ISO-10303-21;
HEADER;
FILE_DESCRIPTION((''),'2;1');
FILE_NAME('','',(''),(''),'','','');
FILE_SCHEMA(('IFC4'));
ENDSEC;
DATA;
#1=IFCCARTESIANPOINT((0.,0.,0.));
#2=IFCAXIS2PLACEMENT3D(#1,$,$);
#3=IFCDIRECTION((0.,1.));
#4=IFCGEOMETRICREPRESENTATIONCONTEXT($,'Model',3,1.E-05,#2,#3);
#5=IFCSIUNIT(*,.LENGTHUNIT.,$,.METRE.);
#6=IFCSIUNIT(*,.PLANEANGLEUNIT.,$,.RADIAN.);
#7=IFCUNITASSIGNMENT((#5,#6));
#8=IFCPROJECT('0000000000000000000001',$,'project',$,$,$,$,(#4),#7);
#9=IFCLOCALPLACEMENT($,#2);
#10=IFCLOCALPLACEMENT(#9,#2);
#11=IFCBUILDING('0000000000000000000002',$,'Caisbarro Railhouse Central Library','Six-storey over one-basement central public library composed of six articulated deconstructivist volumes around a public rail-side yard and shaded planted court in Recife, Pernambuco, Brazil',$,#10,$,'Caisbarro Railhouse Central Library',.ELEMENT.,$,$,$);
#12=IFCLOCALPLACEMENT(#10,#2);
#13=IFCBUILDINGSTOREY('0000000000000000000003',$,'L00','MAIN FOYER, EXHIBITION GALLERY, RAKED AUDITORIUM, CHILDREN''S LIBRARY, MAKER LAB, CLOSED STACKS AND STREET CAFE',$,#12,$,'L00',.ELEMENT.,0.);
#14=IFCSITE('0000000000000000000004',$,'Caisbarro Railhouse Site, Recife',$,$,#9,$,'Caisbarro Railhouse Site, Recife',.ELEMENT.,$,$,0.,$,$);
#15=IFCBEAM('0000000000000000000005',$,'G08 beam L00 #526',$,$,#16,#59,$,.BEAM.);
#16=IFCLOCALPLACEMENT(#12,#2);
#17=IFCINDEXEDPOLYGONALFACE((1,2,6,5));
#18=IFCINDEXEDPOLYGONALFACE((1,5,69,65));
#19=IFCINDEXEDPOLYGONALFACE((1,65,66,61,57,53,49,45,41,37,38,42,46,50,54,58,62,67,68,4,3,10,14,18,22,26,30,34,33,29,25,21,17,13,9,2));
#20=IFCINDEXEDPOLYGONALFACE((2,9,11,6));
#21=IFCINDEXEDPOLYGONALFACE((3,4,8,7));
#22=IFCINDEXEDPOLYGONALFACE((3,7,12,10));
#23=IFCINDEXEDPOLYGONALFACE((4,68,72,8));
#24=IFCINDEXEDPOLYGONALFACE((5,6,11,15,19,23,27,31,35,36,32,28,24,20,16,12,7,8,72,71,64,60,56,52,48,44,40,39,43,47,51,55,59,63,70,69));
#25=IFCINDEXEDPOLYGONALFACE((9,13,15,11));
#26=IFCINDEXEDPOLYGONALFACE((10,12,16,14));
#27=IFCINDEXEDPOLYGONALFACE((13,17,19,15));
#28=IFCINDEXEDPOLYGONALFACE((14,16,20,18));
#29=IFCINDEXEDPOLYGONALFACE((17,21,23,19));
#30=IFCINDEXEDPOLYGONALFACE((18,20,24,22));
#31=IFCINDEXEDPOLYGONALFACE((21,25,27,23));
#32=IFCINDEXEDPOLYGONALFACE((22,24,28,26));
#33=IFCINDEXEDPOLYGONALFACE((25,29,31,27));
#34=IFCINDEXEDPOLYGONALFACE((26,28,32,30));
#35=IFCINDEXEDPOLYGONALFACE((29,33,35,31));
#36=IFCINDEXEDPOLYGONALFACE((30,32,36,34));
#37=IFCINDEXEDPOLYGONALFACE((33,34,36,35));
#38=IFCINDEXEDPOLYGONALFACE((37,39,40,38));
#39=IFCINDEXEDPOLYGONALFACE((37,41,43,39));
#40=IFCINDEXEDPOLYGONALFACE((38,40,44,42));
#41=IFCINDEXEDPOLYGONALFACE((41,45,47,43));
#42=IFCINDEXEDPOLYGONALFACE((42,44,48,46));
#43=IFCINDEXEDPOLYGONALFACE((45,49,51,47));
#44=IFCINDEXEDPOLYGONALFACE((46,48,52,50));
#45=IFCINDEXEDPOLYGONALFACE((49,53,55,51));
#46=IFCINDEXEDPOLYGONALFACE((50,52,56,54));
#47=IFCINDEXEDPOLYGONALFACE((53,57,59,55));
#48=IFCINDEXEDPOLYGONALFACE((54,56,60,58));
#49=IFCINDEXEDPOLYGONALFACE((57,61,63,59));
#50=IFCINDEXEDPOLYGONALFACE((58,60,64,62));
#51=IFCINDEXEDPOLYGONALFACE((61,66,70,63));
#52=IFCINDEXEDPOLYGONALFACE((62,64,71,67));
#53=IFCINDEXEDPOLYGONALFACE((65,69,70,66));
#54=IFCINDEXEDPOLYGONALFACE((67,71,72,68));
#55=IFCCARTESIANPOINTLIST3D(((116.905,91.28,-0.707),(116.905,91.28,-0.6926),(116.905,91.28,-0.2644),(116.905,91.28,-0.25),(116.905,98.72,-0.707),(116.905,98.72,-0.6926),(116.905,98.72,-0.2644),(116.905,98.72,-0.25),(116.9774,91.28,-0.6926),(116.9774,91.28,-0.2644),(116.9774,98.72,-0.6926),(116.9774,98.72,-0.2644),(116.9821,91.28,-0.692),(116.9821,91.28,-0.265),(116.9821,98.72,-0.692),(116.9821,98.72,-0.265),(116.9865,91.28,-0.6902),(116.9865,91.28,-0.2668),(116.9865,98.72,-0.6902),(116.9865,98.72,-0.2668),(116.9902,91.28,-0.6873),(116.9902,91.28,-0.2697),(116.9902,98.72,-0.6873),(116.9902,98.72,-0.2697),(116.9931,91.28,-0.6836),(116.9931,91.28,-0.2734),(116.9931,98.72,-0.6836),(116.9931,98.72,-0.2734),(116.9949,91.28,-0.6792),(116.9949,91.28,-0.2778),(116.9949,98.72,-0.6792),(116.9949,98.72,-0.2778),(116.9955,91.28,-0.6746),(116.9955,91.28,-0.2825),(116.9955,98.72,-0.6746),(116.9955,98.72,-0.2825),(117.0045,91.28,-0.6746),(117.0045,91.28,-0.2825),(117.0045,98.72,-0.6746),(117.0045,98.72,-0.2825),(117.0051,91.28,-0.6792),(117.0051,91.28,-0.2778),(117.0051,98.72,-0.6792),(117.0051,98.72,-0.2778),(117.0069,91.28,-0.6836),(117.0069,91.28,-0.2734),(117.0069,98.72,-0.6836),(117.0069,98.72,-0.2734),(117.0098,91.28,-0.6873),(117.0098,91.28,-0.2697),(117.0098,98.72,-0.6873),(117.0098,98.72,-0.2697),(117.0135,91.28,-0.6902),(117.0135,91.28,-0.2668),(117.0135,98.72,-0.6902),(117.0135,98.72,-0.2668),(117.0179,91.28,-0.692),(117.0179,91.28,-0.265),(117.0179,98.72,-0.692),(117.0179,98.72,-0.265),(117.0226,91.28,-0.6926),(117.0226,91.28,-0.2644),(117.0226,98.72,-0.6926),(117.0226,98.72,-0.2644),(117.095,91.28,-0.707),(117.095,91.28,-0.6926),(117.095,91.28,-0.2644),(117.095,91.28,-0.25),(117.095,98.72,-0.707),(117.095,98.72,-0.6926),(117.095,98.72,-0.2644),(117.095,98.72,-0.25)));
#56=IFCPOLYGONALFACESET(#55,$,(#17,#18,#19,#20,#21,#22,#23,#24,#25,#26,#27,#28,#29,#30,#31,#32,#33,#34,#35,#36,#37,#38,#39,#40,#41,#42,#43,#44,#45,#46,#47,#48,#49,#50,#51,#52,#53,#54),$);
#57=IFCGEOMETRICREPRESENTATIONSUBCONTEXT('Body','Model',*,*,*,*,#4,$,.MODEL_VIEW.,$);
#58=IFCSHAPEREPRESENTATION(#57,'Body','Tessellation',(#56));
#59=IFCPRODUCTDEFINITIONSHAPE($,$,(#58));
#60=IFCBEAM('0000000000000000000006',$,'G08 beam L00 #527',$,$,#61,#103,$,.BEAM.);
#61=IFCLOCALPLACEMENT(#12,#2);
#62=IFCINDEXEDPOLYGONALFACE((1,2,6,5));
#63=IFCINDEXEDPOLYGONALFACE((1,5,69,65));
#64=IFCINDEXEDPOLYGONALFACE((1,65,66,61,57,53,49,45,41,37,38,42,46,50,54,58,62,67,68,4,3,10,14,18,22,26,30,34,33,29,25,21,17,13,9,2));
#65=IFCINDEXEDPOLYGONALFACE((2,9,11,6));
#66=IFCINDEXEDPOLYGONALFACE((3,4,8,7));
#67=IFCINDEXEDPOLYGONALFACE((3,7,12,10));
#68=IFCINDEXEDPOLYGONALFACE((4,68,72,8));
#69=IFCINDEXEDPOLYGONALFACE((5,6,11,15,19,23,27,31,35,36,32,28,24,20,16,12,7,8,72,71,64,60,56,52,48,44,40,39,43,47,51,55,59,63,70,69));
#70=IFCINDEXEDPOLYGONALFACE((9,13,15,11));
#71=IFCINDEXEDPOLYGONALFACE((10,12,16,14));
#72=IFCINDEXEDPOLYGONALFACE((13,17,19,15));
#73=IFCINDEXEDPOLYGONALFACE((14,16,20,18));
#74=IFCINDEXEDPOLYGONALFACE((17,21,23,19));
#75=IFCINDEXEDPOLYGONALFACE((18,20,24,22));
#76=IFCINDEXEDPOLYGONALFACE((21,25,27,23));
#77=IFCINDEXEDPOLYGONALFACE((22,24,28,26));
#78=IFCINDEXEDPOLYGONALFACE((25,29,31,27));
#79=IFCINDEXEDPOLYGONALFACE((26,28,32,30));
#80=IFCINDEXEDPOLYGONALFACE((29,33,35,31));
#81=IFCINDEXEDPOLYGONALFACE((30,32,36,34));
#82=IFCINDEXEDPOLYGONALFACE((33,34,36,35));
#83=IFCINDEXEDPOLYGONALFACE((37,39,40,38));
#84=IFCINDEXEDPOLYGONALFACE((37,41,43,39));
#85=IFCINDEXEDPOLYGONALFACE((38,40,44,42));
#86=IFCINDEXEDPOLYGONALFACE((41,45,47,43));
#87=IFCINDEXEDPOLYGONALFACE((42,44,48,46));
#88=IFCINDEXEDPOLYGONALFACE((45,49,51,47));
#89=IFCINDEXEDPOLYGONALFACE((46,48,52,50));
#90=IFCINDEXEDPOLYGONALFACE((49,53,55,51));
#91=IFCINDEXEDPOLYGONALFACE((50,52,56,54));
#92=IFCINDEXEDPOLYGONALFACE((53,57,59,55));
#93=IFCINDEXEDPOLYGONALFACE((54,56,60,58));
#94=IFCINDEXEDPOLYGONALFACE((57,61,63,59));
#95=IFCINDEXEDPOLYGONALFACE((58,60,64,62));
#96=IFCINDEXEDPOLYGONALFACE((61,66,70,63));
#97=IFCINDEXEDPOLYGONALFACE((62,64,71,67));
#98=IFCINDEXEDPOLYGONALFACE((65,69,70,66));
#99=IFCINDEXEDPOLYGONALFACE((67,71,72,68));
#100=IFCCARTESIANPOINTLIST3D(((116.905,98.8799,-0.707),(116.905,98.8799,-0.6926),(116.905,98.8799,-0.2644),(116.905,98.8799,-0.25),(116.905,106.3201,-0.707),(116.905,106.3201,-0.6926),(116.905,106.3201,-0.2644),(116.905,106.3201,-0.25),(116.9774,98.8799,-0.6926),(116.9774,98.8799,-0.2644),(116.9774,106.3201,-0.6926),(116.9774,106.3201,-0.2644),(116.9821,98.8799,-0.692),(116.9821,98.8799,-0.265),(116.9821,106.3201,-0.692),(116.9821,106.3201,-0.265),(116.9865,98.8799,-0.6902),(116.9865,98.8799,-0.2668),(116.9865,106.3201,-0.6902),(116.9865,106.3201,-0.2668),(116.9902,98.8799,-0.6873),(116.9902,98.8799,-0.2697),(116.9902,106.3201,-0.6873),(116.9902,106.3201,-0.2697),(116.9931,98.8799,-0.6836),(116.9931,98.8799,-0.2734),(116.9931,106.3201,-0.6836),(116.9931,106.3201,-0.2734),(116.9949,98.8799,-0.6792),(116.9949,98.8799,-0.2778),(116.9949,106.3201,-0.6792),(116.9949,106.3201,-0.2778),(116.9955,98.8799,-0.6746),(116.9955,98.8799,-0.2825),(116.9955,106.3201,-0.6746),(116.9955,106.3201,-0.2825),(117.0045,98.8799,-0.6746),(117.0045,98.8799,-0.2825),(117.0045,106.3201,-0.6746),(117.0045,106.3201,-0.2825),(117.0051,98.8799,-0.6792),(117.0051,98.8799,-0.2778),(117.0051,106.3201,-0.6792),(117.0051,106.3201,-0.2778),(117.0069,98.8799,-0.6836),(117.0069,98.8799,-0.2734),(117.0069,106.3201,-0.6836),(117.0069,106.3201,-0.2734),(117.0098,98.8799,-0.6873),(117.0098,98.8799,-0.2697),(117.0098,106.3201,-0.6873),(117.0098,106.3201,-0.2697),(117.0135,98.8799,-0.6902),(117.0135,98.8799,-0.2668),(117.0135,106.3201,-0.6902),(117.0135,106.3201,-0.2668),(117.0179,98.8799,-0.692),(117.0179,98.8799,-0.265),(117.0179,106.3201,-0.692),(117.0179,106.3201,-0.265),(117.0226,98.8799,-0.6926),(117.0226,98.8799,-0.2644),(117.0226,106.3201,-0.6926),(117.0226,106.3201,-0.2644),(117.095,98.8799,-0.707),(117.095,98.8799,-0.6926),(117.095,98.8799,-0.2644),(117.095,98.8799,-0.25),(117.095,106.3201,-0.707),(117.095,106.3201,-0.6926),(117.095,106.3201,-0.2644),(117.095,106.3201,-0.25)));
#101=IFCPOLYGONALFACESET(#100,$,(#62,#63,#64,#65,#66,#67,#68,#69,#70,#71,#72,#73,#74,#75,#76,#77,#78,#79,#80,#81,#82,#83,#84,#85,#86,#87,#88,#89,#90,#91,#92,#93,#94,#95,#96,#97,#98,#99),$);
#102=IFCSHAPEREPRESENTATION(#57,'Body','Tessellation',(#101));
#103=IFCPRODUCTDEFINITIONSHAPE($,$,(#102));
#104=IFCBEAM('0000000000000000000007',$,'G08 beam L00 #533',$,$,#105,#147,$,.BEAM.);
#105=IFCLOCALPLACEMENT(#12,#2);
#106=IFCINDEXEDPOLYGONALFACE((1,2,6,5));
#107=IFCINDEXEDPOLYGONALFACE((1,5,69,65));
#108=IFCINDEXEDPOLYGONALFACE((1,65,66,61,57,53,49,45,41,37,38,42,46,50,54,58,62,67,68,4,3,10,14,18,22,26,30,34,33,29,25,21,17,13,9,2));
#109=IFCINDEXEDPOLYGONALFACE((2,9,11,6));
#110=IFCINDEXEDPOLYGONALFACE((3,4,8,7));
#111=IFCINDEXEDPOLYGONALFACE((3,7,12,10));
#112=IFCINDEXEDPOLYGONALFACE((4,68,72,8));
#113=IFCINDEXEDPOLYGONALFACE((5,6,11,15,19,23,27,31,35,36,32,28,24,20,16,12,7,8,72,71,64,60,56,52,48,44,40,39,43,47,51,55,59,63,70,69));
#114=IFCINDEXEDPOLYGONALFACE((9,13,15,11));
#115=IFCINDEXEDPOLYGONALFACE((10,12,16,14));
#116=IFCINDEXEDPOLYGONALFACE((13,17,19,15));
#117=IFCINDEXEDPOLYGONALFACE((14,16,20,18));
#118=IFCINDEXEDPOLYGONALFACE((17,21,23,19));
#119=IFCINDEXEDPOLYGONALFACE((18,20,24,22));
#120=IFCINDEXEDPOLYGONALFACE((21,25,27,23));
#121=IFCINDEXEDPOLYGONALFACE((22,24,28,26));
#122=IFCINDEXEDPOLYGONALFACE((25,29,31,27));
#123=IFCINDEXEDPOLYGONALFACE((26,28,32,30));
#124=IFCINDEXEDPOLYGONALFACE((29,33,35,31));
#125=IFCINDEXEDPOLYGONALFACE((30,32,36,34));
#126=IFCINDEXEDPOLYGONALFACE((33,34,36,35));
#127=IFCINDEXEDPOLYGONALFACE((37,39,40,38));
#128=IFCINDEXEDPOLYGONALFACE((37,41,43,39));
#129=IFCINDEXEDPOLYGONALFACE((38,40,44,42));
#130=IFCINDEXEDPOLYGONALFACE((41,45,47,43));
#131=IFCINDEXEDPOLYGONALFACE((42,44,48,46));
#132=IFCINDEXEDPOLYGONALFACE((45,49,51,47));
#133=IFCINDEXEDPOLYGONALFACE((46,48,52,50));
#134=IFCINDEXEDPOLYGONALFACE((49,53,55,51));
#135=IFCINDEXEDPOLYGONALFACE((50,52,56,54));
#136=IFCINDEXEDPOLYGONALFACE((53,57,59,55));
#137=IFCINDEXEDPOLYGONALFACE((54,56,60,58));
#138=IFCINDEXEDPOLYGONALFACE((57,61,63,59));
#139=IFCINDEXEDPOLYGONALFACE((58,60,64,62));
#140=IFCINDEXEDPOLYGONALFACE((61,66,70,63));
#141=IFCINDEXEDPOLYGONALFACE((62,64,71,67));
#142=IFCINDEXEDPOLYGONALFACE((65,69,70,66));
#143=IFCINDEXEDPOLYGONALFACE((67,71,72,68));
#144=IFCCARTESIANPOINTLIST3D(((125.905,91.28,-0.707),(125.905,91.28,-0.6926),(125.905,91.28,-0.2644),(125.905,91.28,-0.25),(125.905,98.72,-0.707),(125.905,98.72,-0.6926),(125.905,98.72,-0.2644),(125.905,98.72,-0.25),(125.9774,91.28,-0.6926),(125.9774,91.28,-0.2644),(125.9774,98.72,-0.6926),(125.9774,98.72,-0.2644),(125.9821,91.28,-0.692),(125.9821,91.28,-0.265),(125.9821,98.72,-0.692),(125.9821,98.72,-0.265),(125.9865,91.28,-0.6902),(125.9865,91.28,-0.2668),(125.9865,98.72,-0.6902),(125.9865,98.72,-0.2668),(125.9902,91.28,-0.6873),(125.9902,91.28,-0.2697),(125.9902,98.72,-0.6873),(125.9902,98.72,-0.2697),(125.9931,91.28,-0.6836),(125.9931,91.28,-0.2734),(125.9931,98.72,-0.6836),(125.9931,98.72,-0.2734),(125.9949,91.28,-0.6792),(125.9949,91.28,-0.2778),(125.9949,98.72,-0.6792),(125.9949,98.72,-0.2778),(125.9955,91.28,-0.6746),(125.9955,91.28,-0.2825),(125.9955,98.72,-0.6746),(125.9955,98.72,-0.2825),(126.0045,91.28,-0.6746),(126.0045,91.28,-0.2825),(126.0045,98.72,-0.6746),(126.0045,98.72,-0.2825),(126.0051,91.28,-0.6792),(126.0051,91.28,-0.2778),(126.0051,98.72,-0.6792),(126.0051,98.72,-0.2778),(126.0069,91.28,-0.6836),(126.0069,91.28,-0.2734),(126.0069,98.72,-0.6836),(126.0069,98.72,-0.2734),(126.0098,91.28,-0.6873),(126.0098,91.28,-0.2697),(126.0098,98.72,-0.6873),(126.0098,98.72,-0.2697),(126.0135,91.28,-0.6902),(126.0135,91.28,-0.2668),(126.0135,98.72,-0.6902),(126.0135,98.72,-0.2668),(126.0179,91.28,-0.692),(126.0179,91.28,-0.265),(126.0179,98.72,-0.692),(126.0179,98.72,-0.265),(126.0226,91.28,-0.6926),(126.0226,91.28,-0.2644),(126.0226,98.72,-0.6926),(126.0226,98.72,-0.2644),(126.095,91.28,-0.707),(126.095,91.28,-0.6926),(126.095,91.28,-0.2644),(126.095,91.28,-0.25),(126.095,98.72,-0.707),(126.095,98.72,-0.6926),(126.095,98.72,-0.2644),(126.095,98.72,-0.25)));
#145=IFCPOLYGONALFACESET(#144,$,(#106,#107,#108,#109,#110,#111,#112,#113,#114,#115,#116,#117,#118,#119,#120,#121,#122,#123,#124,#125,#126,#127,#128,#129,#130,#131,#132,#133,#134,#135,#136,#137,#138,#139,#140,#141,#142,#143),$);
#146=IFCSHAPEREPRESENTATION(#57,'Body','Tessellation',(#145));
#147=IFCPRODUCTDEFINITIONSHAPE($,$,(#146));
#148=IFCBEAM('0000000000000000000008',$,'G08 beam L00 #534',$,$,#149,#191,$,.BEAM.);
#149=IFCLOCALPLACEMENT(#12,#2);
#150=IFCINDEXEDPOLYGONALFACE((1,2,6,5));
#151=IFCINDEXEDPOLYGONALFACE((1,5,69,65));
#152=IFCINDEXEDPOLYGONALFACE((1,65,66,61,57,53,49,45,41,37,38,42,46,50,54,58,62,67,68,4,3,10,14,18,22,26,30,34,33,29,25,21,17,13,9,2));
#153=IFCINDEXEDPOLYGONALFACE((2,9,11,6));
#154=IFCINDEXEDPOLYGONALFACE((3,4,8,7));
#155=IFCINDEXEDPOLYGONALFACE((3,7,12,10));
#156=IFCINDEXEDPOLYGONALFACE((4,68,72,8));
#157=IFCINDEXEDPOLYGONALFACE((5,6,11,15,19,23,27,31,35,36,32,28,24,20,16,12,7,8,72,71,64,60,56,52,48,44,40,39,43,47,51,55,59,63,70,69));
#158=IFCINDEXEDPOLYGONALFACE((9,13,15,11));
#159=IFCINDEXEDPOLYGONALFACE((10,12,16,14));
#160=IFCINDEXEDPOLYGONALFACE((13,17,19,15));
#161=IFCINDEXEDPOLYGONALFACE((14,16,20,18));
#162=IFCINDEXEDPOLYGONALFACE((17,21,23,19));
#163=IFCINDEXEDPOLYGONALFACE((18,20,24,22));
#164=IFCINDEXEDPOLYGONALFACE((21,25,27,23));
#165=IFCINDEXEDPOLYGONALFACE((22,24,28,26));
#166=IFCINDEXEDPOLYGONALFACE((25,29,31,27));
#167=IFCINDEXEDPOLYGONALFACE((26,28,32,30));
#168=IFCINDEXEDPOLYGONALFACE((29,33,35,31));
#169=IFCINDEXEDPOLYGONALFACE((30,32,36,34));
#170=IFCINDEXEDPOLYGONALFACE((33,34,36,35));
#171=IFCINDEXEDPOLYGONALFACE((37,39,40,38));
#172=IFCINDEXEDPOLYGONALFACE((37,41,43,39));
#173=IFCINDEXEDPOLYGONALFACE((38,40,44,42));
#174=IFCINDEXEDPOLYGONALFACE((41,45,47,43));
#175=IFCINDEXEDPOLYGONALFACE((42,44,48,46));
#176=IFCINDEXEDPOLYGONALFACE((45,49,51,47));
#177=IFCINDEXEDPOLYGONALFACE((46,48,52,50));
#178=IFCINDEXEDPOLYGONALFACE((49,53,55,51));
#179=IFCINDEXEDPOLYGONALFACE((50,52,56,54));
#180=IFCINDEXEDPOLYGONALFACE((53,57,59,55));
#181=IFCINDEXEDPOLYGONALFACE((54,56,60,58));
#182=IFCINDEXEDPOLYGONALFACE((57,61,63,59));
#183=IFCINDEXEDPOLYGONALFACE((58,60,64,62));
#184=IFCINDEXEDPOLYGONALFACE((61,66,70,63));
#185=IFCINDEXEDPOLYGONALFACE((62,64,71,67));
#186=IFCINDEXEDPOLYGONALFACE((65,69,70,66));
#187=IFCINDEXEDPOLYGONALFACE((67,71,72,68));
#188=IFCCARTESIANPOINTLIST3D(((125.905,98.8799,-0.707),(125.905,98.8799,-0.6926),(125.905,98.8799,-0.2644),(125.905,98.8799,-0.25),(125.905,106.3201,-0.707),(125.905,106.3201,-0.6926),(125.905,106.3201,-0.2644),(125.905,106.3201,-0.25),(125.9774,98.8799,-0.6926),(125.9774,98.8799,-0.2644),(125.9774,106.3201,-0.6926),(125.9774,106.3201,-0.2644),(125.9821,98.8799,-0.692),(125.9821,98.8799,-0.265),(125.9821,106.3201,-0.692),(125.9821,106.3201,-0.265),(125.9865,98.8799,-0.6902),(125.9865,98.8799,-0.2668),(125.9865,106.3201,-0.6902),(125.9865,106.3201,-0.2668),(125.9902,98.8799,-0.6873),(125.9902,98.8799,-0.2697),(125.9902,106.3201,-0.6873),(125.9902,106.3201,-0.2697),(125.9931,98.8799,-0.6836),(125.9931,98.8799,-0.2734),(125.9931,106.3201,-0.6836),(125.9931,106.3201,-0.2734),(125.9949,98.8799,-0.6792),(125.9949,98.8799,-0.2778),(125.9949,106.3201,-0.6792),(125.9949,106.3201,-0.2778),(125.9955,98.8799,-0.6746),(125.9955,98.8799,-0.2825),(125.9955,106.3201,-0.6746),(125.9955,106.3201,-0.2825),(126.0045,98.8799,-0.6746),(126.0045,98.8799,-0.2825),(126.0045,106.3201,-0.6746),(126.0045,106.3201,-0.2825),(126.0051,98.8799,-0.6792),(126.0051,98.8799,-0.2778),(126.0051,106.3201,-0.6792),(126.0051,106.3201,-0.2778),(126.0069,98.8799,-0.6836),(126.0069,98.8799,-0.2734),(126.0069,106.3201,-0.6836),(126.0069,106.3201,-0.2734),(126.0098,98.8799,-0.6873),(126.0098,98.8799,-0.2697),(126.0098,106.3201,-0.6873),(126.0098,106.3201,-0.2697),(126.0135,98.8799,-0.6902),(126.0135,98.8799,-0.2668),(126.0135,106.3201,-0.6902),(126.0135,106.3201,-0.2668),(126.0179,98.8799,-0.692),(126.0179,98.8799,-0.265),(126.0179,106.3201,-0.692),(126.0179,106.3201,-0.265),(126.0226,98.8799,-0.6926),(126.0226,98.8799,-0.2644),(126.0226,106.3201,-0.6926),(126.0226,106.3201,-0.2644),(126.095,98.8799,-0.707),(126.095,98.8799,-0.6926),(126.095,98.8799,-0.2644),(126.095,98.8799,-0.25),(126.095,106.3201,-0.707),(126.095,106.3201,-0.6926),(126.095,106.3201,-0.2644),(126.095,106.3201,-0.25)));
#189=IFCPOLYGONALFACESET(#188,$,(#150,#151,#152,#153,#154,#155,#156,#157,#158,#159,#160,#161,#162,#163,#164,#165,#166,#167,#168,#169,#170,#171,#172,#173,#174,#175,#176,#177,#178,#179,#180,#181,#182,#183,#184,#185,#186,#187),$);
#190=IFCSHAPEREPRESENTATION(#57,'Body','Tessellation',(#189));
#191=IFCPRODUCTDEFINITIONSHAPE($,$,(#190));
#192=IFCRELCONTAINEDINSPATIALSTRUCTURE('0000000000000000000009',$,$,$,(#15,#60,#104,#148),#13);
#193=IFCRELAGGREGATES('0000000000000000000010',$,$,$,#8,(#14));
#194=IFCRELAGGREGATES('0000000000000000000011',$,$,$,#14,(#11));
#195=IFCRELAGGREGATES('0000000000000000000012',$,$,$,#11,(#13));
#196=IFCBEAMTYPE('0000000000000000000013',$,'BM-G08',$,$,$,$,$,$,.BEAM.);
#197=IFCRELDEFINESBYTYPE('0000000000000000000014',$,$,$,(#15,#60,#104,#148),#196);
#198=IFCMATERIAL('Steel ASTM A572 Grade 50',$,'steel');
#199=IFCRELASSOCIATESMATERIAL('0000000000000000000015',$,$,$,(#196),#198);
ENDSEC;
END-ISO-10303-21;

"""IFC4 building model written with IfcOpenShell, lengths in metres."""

from ifc_helpers import new_model, si_unit, direction, frame, origin, origin_2d, place, context, subcontext, project, spatial, i_section, extrude, material, material_profile, profile_set, type_object, element, save


model = new_model("IFC4")

# Units and contexts
model_context = context("Model", 3, precision=1e-05, world=origin(), true_north=direction((0.0, 1.0)))
body_context = subcontext(model_context, "Body", "Model", "MODEL_VIEW")
ifc_project = project(units=[si_unit("LENGTHUNIT", "METRE"), si_unit("PLANEANGLEUNIT", "RADIAN")], contexts=[model_context])

# Site, building, storey
site_placement = place(None, origin())
site = spatial("IfcSite", under=ifc_project, at=site_placement, Name="Caisbarro Railhouse Site, Recife", LongName="Caisbarro Railhouse Site, Recife", CompositionType="ELEMENT", RefElevation=0.0)
building_placement = place(site_placement, origin())
building = spatial("IfcBuilding", under=site, at=building_placement, Name="Caisbarro Railhouse Central Library", Description="Six-storey over one-basement central public library composed of six articulated deconstructivist volumes around a public rail-side yard and shaded planted court in Recife, Pernambuco, Brazil", LongName="Caisbarro Railhouse Central Library", CompositionType="ELEMENT")
storey_placement = place(building_placement, origin())
storey = spatial("IfcBuildingStorey", under=building, at=storey_placement, Name="L00", Description="MAIN FOYER, EXHIBITION GALLERY, RAKED AUDITORIUM, CHILDREN'S LIBRARY, MAKER LAB, CLOSED STACKS AND STREET CAFE", LongName="L00", CompositionType="ELEMENT", Elevation=0.0)

# Shared definitions
ifc_material_1 = material(Name="Steel ASTM A572 Grade 50", Category="steel")

# Beams
ifc_material_profile_1 = material_profile(ifc_material_1, i_section(OverallWidth=0.1899, OverallDepth=0.457, WebThickness=0.009, FlangeThickness=0.0144, FilletRadius=0.0181, at=origin_2d()), Name="W460X74.0")
ifc_profile_set_1 = profile_set([ifc_material_profile_1], Name="Steel ASTM A572 Grade 50")
beam_type_1 = type_object("IfcBeamType", Name="BM-G08", PredefinedType="BEAM", material=ifc_profile_set_1)
beam_1_placement = place(storey_placement, frame((117.0, 91.28, -0.4785), z_axis=(0.0, 1.0, 0.0), x_axis=(-1.0, 0.0, 0.0)))
element("IfcBeam", 1, at=beam_1_placement, inside=storey, type_object=beam_type_1, Name="G08 beam L00 #526", PredefinedType="BEAM", context=body_context, shape_type="SweptSolid", body=[
    extrude(i_section(OverallWidth=0.1899, OverallDepth=0.457, WebThickness=0.009, FlangeThickness=0.0144, FilletRadius=0.0181, at=origin_2d()), origin(), (0.0, 0.0, 1.0), 7.4399),
])
beam_2_placement = place(storey_placement, frame((117.0, 98.8799, -0.4785), z_axis=(0.0, 1.0, 0.0), x_axis=(-1.0, 0.0, 0.0)))
element("IfcBeam", 2, at=beam_2_placement, inside=storey, type_object=beam_type_1, Name="G08 beam L00 #527", PredefinedType="BEAM", context=body_context, shape_type="SweptSolid", body=[
    extrude(i_section(OverallWidth=0.1899, OverallDepth=0.457, WebThickness=0.009, FlangeThickness=0.0144, FilletRadius=0.0181, at=origin_2d()), origin(), (0.0, 0.0, 1.0), 7.4402),
])
beam_3_placement = place(storey_placement, frame((126.0, 91.28, -0.4785), z_axis=(0.0, 1.0, 0.0), x_axis=(-1.0, 0.0, 0.0)))
element("IfcBeam", 3, at=beam_3_placement, inside=storey, type_object=beam_type_1, Name="G08 beam L00 #533", PredefinedType="BEAM", context=body_context, shape_type="SweptSolid", body=[
    extrude(i_section(OverallWidth=0.1899, OverallDepth=0.457, WebThickness=0.009, FlangeThickness=0.0144, FilletRadius=0.0181, at=origin_2d()), origin(), (0.0, 0.0, 1.0), 7.4399),
])
beam_4_placement = place(storey_placement, frame((126.0, 98.8799, -0.4785), z_axis=(0.0, 1.0, 0.0), x_axis=(-1.0, 0.0, 0.0)))
element("IfcBeam", 4, at=beam_4_placement, inside=storey, type_object=beam_type_1, Name="G08 beam L00 #534", PredefinedType="BEAM", context=body_context, shape_type="SweptSolid", body=[
    extrude(i_section(OverallWidth=0.1899, OverallDepth=0.457, WebThickness=0.009, FlangeThickness=0.0144, FilletRadius=0.0181, at=origin_2d()), origin(), (0.0, 0.0, 1.0), 7.4402),
])

save(model, "model.ifc")
